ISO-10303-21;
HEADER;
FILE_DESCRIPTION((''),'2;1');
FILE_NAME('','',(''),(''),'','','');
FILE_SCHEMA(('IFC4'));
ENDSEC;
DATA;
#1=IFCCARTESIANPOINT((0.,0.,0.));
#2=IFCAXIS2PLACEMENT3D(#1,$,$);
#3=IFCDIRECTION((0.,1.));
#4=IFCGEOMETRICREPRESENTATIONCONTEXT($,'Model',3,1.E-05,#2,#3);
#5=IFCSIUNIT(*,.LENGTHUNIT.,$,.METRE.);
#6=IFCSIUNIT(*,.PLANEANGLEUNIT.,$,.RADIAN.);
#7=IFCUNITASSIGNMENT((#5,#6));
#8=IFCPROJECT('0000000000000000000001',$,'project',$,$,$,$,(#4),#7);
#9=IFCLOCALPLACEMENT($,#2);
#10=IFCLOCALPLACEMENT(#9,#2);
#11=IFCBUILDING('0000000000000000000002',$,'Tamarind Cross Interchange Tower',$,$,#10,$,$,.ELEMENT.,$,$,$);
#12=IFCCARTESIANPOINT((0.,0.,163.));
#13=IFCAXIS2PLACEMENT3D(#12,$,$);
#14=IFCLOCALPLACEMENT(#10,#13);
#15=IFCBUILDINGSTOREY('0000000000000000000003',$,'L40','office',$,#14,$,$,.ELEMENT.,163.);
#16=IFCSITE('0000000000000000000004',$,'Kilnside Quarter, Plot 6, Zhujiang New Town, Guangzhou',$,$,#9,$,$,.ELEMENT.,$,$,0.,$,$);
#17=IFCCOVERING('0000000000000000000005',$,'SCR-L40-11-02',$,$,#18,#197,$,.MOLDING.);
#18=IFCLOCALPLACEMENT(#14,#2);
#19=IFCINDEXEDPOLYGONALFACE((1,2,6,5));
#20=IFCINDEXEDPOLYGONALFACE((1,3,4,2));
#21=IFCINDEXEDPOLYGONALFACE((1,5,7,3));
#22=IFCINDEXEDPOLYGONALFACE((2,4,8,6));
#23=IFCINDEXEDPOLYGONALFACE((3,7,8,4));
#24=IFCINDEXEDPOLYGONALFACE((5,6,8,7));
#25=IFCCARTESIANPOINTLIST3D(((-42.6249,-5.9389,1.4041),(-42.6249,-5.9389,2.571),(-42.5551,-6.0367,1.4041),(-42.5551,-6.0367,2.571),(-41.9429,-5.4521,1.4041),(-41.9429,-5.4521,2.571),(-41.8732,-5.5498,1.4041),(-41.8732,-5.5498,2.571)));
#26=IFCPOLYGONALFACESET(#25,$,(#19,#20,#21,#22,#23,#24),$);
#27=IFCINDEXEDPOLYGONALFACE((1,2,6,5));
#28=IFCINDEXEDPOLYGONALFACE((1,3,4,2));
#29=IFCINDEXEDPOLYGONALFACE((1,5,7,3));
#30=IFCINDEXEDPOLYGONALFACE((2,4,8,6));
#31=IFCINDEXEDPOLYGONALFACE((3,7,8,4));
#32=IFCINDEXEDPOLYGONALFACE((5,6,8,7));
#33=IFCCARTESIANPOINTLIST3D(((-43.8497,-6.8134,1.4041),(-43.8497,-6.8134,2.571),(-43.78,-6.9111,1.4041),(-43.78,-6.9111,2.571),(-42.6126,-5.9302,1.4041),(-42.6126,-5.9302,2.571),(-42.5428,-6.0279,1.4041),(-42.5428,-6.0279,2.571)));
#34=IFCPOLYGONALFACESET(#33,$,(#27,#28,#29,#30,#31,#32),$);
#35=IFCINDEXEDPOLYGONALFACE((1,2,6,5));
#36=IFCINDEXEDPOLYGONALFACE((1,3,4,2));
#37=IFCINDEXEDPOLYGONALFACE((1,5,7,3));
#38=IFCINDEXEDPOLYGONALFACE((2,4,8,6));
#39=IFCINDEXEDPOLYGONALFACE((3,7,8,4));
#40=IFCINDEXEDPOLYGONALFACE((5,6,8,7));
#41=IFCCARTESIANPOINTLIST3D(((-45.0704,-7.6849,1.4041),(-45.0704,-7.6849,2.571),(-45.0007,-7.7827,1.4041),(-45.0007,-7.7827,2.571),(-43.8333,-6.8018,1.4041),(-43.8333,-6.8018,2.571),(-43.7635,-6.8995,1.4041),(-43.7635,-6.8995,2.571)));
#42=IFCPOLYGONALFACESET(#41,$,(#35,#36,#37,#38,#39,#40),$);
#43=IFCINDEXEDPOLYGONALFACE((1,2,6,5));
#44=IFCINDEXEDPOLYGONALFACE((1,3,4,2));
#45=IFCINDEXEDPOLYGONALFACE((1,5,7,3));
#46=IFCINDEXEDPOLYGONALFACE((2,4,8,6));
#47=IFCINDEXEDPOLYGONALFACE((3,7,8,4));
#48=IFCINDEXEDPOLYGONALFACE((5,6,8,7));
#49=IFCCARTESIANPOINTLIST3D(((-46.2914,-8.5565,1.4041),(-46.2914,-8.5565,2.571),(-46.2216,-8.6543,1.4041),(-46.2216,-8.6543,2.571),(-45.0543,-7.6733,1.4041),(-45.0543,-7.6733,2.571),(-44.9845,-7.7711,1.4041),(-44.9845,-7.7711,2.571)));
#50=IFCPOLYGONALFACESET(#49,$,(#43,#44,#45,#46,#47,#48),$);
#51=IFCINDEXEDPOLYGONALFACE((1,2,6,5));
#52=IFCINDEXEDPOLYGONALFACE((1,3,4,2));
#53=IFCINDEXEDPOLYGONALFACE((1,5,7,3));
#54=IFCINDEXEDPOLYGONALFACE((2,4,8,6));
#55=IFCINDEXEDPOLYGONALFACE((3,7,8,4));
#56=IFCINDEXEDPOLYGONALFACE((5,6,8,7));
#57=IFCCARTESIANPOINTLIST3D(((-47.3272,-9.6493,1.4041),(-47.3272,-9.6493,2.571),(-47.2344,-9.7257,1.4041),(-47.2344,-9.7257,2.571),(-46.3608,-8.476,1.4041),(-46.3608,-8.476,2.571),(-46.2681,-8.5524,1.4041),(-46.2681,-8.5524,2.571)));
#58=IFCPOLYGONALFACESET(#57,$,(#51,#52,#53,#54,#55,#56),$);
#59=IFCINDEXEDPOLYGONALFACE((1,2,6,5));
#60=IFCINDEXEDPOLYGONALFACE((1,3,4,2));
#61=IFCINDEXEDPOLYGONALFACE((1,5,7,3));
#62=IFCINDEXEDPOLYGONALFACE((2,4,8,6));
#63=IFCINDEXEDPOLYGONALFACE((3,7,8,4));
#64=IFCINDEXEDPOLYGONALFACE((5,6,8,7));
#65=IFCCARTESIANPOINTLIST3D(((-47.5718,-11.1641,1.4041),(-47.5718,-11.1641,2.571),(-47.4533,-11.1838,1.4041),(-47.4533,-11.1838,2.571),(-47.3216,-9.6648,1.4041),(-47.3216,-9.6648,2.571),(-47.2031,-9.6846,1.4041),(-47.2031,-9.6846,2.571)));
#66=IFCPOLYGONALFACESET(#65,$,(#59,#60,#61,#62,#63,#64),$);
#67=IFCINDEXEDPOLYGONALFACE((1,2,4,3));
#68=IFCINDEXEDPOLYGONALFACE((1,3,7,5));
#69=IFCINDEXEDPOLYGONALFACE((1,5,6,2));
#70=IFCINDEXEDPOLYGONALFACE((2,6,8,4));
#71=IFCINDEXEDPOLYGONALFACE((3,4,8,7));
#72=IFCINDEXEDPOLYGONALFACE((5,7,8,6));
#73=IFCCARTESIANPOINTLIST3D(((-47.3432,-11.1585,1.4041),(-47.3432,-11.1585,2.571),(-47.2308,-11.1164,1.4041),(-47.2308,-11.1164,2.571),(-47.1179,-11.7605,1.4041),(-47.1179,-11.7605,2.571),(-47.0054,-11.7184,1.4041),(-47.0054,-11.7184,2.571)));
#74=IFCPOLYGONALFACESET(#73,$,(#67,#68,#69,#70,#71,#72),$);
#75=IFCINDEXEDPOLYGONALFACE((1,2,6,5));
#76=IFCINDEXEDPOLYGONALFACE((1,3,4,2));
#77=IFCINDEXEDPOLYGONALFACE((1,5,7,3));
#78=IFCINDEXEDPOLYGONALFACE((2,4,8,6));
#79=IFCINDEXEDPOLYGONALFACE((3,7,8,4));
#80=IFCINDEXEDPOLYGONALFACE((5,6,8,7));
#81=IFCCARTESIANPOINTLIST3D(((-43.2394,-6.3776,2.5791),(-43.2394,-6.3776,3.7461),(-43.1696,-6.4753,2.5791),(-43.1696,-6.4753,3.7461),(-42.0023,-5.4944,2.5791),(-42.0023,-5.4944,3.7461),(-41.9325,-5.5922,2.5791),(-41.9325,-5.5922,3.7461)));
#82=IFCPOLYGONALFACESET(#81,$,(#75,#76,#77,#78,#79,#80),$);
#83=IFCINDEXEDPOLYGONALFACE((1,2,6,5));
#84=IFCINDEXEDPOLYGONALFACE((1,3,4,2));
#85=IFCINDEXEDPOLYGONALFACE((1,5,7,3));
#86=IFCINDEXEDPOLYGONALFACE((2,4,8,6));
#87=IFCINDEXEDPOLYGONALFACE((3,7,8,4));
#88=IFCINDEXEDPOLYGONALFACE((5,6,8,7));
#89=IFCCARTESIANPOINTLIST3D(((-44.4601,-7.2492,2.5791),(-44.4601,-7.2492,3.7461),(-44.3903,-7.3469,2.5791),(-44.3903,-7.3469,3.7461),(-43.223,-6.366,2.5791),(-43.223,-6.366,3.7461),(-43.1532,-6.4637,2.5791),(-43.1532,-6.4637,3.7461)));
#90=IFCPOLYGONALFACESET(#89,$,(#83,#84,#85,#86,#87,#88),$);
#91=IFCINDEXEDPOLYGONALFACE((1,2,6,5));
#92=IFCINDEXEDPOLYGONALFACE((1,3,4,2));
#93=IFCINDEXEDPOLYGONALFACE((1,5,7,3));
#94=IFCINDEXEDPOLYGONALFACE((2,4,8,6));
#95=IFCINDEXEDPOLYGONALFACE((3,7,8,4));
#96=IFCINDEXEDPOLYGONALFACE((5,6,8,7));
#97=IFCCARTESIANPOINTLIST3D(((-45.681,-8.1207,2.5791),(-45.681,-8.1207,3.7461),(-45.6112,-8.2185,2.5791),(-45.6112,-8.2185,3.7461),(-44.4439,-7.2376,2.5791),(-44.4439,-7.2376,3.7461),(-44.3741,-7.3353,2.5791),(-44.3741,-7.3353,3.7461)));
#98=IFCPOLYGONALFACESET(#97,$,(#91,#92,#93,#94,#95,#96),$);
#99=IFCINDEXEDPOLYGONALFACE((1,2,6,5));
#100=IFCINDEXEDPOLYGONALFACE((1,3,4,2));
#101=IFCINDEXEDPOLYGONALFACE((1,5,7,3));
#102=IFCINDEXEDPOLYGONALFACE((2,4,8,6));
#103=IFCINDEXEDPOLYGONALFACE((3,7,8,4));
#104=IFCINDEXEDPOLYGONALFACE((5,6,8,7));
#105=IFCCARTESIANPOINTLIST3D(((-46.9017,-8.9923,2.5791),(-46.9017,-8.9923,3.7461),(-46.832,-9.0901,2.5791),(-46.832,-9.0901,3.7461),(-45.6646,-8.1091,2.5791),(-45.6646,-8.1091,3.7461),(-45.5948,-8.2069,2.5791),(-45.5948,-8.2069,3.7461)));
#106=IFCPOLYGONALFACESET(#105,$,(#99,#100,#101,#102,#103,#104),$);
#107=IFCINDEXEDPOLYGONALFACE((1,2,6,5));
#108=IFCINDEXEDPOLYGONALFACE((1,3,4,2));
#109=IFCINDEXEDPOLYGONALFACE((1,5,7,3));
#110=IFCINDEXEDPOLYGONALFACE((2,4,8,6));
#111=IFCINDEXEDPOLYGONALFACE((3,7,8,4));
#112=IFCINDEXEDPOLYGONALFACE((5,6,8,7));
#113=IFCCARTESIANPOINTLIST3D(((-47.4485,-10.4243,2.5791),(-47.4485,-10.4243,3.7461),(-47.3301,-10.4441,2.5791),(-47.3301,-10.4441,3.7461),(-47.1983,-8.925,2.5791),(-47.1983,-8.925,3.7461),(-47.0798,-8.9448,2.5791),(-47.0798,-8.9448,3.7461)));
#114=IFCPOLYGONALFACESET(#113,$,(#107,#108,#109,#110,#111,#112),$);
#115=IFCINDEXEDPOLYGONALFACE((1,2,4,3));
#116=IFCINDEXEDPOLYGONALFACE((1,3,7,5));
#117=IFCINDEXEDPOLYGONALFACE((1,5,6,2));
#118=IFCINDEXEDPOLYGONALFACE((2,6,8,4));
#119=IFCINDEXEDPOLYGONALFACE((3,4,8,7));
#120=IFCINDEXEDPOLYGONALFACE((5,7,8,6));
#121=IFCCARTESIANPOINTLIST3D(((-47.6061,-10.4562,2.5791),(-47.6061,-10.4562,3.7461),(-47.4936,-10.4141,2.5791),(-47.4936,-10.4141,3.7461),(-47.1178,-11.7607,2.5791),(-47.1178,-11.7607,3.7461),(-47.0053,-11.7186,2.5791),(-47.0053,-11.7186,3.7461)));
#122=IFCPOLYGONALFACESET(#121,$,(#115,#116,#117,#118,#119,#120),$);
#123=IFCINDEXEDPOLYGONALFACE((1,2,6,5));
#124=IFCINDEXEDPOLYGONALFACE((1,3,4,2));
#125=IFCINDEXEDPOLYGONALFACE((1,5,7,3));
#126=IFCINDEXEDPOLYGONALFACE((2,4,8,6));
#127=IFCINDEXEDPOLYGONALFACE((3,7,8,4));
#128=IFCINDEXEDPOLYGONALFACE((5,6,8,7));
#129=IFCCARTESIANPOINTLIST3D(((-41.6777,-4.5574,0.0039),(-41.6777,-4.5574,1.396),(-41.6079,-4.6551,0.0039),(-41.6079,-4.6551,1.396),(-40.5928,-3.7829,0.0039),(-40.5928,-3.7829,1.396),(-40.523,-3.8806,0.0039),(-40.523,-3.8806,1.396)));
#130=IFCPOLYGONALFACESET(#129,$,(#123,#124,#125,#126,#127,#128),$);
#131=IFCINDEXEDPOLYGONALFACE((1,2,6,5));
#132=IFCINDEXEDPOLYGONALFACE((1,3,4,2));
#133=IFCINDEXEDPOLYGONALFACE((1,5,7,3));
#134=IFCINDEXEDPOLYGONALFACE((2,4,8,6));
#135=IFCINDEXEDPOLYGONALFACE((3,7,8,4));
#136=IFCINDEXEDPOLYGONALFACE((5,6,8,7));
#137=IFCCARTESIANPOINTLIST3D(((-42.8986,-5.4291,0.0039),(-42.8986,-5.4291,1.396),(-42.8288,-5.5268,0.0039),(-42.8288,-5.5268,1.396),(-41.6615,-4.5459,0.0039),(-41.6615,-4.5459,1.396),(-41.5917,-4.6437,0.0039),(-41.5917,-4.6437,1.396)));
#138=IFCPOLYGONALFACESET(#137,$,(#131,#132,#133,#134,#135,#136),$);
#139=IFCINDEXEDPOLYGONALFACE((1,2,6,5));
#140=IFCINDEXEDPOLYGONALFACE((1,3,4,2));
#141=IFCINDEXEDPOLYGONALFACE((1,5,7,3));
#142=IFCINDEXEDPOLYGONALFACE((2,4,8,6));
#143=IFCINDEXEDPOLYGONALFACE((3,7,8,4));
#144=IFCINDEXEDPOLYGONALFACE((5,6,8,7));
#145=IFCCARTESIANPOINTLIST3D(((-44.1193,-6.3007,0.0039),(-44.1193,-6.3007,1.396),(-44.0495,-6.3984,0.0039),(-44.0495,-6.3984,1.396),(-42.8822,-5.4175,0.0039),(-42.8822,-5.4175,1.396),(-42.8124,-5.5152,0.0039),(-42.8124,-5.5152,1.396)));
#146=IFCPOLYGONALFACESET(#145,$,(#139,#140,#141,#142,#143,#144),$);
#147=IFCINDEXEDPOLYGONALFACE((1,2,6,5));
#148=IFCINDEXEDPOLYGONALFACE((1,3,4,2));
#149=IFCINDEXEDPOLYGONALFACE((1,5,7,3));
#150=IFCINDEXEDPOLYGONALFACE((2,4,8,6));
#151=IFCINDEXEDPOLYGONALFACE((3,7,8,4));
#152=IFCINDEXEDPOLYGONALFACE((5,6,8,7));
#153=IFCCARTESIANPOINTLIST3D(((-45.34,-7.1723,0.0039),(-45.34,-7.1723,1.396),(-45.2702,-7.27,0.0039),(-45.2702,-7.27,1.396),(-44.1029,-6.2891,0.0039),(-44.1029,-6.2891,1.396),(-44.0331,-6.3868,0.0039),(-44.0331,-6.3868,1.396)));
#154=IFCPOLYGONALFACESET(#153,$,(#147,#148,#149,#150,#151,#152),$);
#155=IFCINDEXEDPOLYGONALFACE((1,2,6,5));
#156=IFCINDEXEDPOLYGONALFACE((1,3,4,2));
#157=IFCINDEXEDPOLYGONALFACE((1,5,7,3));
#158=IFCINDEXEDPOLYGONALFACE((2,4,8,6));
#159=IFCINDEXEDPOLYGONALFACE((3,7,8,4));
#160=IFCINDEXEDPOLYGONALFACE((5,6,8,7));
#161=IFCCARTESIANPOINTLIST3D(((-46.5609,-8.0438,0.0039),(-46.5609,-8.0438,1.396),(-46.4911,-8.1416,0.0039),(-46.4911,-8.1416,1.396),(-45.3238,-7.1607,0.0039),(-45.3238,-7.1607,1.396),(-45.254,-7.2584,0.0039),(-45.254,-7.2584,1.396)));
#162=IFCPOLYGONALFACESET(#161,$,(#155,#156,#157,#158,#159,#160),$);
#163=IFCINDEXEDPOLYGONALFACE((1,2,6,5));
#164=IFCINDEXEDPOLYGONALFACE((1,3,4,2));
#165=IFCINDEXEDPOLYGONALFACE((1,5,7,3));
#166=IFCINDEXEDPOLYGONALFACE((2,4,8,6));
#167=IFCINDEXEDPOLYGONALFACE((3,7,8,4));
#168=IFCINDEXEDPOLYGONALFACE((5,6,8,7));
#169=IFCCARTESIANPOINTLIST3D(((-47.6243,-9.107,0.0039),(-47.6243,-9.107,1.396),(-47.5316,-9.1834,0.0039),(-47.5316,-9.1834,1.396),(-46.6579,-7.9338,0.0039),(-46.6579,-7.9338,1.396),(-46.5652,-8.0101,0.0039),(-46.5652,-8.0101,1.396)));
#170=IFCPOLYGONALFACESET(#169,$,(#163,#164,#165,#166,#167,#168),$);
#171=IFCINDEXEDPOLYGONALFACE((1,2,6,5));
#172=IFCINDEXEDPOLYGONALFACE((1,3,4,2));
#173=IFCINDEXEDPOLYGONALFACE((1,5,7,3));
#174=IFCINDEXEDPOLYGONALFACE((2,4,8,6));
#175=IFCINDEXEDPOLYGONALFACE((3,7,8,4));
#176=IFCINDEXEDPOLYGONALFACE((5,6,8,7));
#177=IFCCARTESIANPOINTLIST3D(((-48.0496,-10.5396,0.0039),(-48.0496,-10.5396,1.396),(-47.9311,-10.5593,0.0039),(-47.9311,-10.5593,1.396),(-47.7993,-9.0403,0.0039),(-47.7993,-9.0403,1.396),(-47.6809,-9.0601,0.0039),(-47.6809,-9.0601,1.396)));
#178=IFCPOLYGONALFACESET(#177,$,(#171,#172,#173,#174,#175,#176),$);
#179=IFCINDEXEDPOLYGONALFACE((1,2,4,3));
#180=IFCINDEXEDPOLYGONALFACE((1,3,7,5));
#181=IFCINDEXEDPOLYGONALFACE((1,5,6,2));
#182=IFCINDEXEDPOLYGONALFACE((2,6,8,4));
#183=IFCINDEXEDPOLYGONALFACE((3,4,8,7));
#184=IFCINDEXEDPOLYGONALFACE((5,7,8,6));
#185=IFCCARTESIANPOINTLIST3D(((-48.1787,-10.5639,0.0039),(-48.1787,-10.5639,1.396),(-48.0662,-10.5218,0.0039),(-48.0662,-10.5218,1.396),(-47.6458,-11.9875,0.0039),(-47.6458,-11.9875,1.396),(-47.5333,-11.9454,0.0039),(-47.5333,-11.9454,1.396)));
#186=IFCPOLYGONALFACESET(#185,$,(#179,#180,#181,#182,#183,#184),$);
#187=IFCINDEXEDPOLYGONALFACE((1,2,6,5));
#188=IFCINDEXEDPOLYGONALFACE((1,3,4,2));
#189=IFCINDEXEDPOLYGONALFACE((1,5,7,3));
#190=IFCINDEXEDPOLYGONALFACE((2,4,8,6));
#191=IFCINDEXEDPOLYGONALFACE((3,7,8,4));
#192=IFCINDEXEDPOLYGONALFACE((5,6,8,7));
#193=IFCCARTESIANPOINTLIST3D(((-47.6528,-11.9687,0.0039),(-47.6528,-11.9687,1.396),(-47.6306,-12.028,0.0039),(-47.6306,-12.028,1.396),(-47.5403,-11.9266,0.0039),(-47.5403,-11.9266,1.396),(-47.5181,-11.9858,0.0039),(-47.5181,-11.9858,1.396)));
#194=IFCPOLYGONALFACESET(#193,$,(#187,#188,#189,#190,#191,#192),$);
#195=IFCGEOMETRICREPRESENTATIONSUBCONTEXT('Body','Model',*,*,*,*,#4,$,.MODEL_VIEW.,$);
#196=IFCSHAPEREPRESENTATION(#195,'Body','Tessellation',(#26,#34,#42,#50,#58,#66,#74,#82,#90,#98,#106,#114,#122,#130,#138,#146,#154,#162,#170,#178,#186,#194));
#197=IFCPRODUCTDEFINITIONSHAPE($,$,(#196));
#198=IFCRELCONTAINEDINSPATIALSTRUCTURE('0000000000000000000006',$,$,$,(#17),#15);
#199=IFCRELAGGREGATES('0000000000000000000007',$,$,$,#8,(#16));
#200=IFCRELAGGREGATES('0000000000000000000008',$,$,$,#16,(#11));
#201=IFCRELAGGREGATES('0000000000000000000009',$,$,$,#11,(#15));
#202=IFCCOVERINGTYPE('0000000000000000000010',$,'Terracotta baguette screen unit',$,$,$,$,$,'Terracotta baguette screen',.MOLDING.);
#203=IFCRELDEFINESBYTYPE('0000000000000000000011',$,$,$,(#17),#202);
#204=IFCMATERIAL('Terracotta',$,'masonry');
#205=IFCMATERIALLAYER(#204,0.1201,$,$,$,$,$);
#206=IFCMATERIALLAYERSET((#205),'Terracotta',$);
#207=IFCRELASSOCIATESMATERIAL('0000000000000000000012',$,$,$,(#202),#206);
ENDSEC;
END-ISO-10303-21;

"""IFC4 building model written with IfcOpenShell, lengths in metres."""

from ifc_helpers import new_model, si_unit, direction, frame, origin, origin_2d, place, context, subcontext, project, spatial, rectangle, extrude, material, layer, layer_set, type_object, element, save


model = new_model("IFC4")

# Units and contexts
model_context = context("Model", 3, precision=1e-05, world=origin(), true_north=direction((0.0, 1.0)))
body_context = subcontext(model_context, "Body", "Model", "MODEL_VIEW")
ifc_project = project(units=[si_unit("LENGTHUNIT", "METRE"), si_unit("PLANEANGLEUNIT", "RADIAN")], contexts=[model_context])

# Site, building, storey
site_placement = place(None, origin())
site = spatial("IfcSite", under=ifc_project, at=site_placement, Name="Kilnside Quarter, Plot 6, Zhujiang New Town, Guangzhou", CompositionType="ELEMENT", RefElevation=0.0)
building_placement = place(site_placement, origin())
building = spatial("IfcBuilding", under=site, at=building_placement, Name="Tamarind Cross Interchange Tower", CompositionType="ELEMENT")
storey_placement = place(building_placement, frame((0.0, 0.0, 163.0)))
storey = spatial("IfcBuildingStorey", under=building, at=storey_placement, Name="L40", Description="office", CompositionType="ELEMENT", Elevation=163.0)

# Covering
ifc_material_1 = material(Name="Terracotta", Category="masonry")
ifc_layer_1 = layer(ifc_material_1, 0.1201)
ifc_layer_set_1 = layer_set([ifc_layer_1], Name="Terracotta")
covering_type = type_object("IfcCoveringType", Name="Terracotta baguette screen unit", ElementType="Terracotta baguette screen", PredefinedType="MOLDING", material=ifc_layer_set_1)
covering_1_placement = place(storey_placement, origin())
element("IfcCovering", 1, at=covering_1_placement, inside=storey, type_object=covering_type, Name="SCR-L40-11-02", PredefinedType="MOLDING", context=body_context, shape_type="SweptSolid", body=[
    extrude(rectangle(XDim=0.8379, YDim=0.1201, at=origin_2d()), frame((-42.249, -5.7444, 1.4041), z_axis=(0.0, 0.0, 1.0), x_axis=(-0.81388, -0.581033, 0.0)), (0.0, 0.0, 1.0), 1.167),
    extrude(rectangle(XDim=1.52, YDim=0.1201, at=origin_2d()), frame((-43.1963, -6.4207, 1.4041), z_axis=(0.0, 0.0, 1.0), x_axis=(-0.81388, -0.581033, 0.0)), (0.0, 0.0, 1.0), 1.167),
    extrude(rectangle(XDim=1.52, YDim=0.1201, at=origin_2d()), frame((-44.417, -7.2922, 1.4041), z_axis=(0.0, 0.0, 1.0), x_axis=(-0.81388, -0.581033, 0.0)), (0.0, 0.0, 1.0), 1.167),
    extrude(rectangle(XDim=1.52, YDim=0.1201, at=origin_2d()), frame((-45.6379, -8.1638, 1.4041), z_axis=(0.0, 0.0, 1.0), x_axis=(-0.81388, -0.581033, 0.0)), (0.0, 0.0, 1.0), 1.167),
    extrude(rectangle(XDim=1.52, YDim=0.1201, at=origin_2d()), frame((-46.7976, -9.1008, 1.4041), z_axis=(0.0, 0.0, 1.0), x_axis=(-0.635766, -0.771882, 0.0)), (0.0, 0.0, 1.0), 1.167),
    extrude(rectangle(XDim=1.52, YDim=0.1201, at=origin_2d()), frame((-47.3875, -10.4243, 1.4041), z_axis=(0.0, 0.0, 1.0), x_axis=(-0.164648, -0.986352, 0.0)), (0.0, 0.0, 1.0), 1.167),
    extrude(rectangle(XDim=0.6428, YDim=0.1201, at=origin_2d()), frame((-47.1743, -11.4385, 1.4041), z_axis=(0.0, 0.0, 1.0), x_axis=(0.350587, -0.93653, 0.0)), (0.0, 0.0, 1.0), 1.167),
    extrude(rectangle(XDim=1.52, YDim=0.1201, at=origin_2d()), frame((-42.5859, -5.9849, 2.5791), z_axis=(0.0, 0.0, 1.0), x_axis=(-0.81388, -0.581033, 0.0)), (0.0, 0.0, 1.0), 1.167),
    extrude(rectangle(XDim=1.52, YDim=0.1201, at=origin_2d()), frame((-43.8066, -6.8564, 2.5791), z_axis=(0.0, 0.0, 1.0), x_axis=(-0.81388, -0.581033, 0.0)), (0.0, 0.0, 1.0), 1.167),
    extrude(rectangle(XDim=1.52, YDim=0.1201, at=origin_2d()), frame((-45.0276, -7.728, 2.5791), z_axis=(0.0, 0.0, 1.0), x_axis=(-0.81388, -0.581033, 0.0)), (0.0, 0.0, 1.0), 1.167),
    extrude(rectangle(XDim=1.52, YDim=0.1201, at=origin_2d()), frame((-46.2483, -8.5996, 2.5791), z_axis=(0.0, 0.0, 1.0), x_axis=(-0.81388, -0.581033, 0.0)), (0.0, 0.0, 1.0), 1.167),
    extrude(rectangle(XDim=1.52, YDim=0.1201, at=origin_2d()), frame((-47.2642, -9.6846, 2.5791), z_axis=(0.0, 0.0, 1.0), x_axis=(-0.164648, -0.986352, 0.0)), (0.0, 0.0, 1.0), 1.167),
    extrude(rectangle(XDim=1.3928, YDim=0.1201, at=origin_2d()), frame((-47.3057, -11.0874, 2.5791), z_axis=(0.0, 0.0, 1.0), x_axis=(0.350587, -0.93653, 0.0)), (0.0, 0.0, 1.0), 1.167),
    extrude(rectangle(XDim=1.333, YDim=0.1201, at=origin_2d()), frame((-41.1003, -4.219, 0.0039), z_axis=(0.0, 0.0, 1.0), x_axis=(-0.81388, -0.581033, 0.0)), (0.0, 0.0, 1.0), 1.3921),
    extrude(rectangle(XDim=1.52, YDim=0.1201, at=origin_2d()), frame((-42.2451, -5.0364, 0.0039), z_axis=(0.0, 0.0, 1.0), x_axis=(-0.81388, -0.581033, 0.0)), (0.0, 0.0, 1.0), 1.3921),
    extrude(rectangle(XDim=1.52, YDim=0.1201, at=origin_2d()), frame((-43.4658, -5.908, 0.0039), z_axis=(0.0, 0.0, 1.0), x_axis=(-0.81388, -0.581033, 0.0)), (0.0, 0.0, 1.0), 1.3921),
    extrude(rectangle(XDim=1.52, YDim=0.1201, at=origin_2d()), frame((-44.6865, -6.7795, 0.0039), z_axis=(0.0, 0.0, 1.0), x_axis=(-0.81388, -0.581033, 0.0)), (0.0, 0.0, 1.0), 1.3921),
    extrude(rectangle(XDim=1.52, YDim=0.1201, at=origin_2d()), frame((-45.9075, -7.6511, 0.0039), z_axis=(0.0, 0.0, 1.0), x_axis=(-0.81388, -0.581033, 0.0)), (0.0, 0.0, 1.0), 1.3921),
    extrude(rectangle(XDim=1.52, YDim=0.1201, at=origin_2d()), frame((-47.0947, -8.5586, 0.0039), z_axis=(0.0, 0.0, 1.0), x_axis=(-0.635766, -0.771882, 0.0)), (0.0, 0.0, 1.0), 1.3921),
    extrude(rectangle(XDim=1.52, YDim=0.1201, at=origin_2d()), frame((-47.8652, -9.7998, 0.0039), z_axis=(0.0, 0.0, 1.0), x_axis=(-0.164648, -0.986352, 0.0)), (0.0, 0.0, 1.0), 1.3921),
    extrude(rectangle(XDim=1.52, YDim=0.1201, at=origin_2d()), frame((-47.856, -11.2546, 0.0039), z_axis=(0.0, 0.0, 1.0), x_axis=(0.350587, -0.93653, 0.0)), (0.0, 0.0, 1.0), 1.3921),
    extrude(rectangle(XDim=0.0632, YDim=0.1201, at=origin_2d()), frame((-47.5854, -11.9773, 0.0039), z_axis=(0.0, 0.0, 1.0), x_axis=(0.350587, -0.93653, 0.0)), (0.0, 0.0, 1.0), 1.3921),
])

save(model, "model.ifc")
